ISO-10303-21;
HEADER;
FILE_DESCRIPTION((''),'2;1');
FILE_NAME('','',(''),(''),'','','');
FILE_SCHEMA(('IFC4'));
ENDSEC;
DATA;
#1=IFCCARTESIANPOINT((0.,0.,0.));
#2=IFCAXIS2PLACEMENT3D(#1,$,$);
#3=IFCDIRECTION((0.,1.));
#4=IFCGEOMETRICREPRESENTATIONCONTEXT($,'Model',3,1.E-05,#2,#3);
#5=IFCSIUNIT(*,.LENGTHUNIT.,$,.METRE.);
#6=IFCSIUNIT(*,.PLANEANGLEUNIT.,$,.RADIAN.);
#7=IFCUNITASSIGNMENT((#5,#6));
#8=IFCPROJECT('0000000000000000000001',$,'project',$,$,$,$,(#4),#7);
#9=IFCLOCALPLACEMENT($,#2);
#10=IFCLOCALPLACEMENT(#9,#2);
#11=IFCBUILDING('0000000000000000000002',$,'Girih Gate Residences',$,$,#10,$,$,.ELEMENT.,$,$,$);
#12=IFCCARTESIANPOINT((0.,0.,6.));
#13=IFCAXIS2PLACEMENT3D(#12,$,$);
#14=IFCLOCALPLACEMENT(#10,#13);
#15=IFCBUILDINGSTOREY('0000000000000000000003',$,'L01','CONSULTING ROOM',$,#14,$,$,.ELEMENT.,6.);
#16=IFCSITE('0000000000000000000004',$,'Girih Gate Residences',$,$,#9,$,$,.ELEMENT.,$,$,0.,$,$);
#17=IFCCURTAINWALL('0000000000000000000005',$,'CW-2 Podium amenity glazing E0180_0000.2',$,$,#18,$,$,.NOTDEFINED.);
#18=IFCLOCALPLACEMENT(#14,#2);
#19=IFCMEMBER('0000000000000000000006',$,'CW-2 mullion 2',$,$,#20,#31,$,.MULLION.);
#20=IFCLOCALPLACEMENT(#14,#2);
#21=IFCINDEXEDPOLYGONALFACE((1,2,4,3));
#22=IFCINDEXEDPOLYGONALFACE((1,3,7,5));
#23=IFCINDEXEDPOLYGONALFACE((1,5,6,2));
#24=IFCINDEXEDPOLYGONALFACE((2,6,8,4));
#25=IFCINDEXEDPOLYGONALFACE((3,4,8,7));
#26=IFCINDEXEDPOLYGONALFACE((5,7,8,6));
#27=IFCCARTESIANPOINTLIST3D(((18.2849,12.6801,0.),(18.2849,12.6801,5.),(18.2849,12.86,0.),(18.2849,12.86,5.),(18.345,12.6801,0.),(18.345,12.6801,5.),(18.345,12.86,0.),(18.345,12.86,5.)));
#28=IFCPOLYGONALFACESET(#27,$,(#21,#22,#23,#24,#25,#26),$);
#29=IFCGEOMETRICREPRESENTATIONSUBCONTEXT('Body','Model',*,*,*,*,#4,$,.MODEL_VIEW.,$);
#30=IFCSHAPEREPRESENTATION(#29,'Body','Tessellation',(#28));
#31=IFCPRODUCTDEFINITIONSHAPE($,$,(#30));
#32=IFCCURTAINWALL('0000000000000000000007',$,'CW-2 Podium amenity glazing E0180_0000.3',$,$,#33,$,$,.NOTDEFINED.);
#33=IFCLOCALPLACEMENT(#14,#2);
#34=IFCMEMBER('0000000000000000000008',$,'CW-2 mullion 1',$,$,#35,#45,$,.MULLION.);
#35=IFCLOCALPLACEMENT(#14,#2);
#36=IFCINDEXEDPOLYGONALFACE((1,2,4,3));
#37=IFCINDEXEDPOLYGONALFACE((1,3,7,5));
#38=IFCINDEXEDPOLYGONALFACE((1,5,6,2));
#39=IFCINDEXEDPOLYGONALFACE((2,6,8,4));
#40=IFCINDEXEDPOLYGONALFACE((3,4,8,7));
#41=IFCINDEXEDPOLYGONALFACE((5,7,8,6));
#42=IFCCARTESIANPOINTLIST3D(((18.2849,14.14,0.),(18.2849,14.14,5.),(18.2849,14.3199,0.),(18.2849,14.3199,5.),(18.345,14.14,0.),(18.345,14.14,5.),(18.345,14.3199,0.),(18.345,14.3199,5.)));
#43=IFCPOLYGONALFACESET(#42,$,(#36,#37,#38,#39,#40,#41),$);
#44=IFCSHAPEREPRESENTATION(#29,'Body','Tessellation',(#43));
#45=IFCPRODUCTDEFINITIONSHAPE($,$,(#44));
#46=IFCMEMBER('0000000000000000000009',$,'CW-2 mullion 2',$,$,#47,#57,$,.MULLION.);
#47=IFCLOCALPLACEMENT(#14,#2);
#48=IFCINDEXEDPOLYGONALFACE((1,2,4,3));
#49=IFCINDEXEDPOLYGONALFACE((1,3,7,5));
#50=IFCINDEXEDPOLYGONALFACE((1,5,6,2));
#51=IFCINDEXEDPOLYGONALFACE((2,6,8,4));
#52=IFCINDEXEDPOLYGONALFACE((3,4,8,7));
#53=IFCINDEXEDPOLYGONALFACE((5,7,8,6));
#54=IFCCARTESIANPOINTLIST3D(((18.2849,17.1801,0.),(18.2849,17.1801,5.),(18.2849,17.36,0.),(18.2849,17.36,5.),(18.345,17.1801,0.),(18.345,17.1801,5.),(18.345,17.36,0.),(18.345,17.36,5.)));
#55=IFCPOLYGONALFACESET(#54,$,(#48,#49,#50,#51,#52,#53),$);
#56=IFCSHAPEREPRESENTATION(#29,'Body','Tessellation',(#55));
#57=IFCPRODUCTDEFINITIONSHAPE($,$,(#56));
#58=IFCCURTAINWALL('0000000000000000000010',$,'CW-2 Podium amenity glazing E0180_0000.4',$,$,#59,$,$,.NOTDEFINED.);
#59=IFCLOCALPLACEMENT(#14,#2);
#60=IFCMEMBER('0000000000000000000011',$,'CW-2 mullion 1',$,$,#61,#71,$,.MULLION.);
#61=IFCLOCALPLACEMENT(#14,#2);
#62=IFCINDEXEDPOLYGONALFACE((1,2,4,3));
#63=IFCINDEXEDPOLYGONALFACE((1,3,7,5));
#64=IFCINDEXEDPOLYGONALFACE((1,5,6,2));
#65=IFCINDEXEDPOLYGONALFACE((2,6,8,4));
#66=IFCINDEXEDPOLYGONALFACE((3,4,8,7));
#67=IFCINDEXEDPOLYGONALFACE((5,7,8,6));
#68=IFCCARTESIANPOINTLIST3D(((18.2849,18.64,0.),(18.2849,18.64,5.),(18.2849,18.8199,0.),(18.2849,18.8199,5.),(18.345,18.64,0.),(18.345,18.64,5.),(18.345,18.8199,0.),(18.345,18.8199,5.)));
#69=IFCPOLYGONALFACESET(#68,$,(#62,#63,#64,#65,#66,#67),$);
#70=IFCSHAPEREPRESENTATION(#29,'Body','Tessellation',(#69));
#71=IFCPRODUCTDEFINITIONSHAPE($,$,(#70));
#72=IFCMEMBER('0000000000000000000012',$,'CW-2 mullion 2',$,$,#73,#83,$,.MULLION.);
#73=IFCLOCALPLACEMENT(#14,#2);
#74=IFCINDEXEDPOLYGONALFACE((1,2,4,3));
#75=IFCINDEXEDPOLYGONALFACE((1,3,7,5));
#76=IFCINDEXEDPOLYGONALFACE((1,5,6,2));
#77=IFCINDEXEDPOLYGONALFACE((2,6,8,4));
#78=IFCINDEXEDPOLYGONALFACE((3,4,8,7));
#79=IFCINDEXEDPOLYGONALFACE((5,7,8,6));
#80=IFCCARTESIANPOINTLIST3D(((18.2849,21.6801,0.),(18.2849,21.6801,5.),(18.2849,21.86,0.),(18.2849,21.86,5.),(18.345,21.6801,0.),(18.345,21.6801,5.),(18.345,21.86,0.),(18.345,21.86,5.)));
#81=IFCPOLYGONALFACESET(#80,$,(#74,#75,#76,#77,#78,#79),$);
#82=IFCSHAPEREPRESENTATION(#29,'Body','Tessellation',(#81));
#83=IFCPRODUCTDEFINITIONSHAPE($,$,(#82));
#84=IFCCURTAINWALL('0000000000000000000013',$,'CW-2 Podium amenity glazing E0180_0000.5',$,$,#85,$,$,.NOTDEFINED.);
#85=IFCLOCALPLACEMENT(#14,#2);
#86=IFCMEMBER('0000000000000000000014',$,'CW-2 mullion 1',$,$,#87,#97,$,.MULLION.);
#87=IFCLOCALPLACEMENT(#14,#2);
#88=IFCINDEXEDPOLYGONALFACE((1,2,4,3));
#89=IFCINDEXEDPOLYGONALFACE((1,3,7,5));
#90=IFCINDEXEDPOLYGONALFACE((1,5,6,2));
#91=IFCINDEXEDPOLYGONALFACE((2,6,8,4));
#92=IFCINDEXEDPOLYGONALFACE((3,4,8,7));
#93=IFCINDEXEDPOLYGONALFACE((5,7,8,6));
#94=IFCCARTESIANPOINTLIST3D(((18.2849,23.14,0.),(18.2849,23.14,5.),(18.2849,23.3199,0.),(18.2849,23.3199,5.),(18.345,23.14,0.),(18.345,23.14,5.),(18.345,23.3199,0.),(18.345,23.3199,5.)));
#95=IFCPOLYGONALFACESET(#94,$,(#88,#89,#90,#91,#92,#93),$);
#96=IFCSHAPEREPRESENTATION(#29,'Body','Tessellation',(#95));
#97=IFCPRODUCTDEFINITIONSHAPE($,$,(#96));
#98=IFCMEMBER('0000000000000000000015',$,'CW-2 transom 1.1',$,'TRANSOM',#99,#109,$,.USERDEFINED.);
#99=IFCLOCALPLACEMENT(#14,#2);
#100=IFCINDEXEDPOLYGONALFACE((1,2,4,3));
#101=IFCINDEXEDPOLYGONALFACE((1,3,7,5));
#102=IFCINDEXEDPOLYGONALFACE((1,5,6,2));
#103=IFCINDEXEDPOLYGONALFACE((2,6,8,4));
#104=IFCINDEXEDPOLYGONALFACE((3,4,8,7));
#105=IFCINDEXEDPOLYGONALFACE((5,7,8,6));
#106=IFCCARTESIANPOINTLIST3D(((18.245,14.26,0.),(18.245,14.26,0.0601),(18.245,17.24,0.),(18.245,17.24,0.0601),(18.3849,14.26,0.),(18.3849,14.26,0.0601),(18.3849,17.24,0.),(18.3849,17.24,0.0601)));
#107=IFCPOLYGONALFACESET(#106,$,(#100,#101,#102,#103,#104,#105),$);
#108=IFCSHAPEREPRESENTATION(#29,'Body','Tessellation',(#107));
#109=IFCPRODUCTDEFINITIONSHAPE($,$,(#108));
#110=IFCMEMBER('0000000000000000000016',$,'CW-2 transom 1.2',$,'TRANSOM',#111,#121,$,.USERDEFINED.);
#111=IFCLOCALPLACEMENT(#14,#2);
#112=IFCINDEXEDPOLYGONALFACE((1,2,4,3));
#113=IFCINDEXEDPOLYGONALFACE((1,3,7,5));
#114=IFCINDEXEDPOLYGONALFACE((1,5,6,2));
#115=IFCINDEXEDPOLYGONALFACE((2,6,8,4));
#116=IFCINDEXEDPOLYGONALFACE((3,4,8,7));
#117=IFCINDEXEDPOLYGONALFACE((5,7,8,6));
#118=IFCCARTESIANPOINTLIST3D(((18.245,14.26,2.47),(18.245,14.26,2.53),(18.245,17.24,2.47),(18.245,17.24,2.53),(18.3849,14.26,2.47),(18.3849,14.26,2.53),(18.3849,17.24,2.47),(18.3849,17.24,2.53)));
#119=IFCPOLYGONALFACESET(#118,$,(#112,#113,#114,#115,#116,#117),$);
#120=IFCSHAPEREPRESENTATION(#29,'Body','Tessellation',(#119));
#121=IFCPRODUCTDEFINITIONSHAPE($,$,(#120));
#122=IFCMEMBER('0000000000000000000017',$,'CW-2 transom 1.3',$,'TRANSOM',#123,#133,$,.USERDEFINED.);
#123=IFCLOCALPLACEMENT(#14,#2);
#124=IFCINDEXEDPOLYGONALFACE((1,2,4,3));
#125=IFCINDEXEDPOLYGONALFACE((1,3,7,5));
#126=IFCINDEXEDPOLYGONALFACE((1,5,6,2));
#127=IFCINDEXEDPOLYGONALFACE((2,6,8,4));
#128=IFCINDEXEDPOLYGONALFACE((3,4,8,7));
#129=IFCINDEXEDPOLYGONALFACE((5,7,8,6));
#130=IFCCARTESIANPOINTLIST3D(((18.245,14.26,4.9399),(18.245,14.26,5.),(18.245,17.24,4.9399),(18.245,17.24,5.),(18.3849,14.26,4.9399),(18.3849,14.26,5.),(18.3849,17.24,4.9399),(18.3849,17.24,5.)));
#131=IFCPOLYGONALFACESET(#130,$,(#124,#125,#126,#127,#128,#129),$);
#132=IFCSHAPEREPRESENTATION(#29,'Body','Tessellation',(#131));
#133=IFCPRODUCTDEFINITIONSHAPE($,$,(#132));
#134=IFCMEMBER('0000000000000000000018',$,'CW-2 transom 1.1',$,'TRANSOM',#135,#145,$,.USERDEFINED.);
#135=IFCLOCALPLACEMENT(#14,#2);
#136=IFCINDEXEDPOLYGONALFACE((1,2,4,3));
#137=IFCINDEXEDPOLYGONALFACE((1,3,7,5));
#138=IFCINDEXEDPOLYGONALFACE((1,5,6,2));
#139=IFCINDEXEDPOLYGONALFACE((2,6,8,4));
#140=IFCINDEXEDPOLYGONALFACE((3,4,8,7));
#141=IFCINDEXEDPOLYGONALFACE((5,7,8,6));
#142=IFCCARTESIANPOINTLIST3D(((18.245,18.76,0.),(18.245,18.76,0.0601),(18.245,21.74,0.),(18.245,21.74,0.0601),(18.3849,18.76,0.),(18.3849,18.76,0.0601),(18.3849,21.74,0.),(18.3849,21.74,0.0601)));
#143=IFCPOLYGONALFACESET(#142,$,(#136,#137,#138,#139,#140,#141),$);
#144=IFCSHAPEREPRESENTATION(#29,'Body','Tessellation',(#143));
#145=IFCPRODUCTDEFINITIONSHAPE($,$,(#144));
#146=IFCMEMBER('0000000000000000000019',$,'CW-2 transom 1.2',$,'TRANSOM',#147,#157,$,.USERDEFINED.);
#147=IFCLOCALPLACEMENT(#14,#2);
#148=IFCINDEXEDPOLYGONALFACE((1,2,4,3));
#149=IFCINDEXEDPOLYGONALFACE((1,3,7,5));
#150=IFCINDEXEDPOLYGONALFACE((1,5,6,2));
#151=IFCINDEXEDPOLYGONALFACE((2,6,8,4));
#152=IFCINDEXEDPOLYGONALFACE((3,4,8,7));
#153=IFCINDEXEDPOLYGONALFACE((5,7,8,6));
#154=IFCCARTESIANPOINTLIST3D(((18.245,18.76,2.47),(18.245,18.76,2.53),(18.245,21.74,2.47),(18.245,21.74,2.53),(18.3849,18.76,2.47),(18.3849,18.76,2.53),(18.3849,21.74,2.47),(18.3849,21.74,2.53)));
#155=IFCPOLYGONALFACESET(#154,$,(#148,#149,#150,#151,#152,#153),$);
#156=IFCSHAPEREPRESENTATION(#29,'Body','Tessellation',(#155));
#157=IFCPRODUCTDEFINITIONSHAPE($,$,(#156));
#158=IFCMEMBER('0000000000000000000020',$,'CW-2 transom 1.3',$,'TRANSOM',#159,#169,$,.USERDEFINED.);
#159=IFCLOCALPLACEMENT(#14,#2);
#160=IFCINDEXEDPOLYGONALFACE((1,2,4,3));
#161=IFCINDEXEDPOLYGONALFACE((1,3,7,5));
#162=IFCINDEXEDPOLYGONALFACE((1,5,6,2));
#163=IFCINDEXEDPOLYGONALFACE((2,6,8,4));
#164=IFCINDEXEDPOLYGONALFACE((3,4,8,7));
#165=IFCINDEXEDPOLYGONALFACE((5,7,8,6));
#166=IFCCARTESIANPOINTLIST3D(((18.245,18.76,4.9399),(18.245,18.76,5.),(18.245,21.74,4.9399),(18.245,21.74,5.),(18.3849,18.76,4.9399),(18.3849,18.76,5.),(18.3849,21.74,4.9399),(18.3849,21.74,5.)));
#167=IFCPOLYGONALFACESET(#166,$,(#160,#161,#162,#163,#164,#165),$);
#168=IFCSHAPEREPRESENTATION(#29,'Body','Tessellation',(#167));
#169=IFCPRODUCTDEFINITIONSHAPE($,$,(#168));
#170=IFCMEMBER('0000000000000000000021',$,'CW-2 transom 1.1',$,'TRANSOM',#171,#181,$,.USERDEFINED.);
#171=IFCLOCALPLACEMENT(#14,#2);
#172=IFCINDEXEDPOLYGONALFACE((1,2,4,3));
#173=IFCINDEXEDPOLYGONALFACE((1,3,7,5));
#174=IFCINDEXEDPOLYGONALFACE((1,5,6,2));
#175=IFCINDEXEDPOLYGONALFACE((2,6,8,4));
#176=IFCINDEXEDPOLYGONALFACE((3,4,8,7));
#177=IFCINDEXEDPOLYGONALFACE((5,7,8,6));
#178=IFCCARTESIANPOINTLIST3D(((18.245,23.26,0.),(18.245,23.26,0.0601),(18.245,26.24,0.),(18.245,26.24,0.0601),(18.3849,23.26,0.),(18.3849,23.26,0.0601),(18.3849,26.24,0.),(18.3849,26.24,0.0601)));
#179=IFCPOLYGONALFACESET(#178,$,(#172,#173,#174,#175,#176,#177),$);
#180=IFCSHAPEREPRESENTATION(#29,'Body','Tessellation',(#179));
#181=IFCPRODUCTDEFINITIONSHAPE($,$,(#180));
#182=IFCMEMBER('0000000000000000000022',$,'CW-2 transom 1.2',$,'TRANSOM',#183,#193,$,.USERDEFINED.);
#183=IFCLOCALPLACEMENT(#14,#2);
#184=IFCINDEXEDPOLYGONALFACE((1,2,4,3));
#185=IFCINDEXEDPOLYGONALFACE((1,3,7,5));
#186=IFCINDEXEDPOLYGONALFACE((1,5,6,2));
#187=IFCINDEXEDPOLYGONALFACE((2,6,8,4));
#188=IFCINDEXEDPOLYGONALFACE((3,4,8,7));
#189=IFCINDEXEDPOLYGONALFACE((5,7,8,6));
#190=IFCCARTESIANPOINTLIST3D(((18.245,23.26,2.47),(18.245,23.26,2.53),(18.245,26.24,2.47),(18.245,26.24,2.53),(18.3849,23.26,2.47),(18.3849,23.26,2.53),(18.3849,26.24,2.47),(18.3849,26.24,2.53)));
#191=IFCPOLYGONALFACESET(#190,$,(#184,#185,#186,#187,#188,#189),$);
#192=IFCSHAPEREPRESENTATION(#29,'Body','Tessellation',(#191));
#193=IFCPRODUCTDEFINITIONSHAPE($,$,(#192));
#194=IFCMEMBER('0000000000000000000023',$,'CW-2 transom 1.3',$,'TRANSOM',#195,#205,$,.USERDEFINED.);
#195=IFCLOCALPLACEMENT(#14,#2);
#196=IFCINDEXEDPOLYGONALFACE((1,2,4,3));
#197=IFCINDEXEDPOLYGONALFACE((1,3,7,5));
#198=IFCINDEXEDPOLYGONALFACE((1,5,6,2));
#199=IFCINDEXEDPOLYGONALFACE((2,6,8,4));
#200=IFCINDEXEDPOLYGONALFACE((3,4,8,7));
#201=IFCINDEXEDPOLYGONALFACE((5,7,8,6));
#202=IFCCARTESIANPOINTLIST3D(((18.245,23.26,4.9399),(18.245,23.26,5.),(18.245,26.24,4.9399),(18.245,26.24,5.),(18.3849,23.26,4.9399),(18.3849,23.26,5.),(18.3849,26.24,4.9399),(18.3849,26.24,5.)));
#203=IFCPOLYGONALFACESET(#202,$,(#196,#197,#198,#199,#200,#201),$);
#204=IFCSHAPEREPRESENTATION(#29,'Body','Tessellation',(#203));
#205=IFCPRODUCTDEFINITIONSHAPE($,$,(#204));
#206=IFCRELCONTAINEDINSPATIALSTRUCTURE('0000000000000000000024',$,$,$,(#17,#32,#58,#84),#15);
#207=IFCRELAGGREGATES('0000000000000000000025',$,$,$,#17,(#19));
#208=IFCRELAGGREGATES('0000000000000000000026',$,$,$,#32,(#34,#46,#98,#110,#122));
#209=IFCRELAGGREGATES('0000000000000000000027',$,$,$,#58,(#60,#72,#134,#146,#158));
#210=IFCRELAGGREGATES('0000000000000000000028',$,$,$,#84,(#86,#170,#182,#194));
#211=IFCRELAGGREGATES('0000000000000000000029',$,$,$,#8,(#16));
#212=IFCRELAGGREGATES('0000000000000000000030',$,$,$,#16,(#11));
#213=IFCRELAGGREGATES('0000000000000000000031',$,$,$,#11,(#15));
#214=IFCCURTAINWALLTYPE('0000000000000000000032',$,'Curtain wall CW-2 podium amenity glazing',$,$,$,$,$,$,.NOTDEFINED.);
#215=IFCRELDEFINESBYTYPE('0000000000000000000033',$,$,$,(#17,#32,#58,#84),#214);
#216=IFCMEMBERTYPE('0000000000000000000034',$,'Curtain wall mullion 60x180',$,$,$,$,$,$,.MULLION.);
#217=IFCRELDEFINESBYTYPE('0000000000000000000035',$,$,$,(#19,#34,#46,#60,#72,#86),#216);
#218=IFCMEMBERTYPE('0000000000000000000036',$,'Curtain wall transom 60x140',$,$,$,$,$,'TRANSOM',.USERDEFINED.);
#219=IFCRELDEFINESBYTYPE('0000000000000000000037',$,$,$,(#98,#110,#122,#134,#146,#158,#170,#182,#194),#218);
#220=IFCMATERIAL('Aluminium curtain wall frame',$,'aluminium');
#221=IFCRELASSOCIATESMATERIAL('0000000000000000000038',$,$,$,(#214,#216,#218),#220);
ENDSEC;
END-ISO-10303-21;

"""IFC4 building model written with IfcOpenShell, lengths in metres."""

from ifc_helpers import new_model, si_unit, direction, frame, origin, origin_2d, place, context, subcontext, project, spatial, rectangle, extrude, material, material_profile, profile_set, type_object, element, aggregate, save


model = new_model("IFC4")

# Units and contexts
model_context = context("Model", 3, precision=1e-05, world=origin(), true_north=direction((0.0, 1.0)))
body_context = subcontext(model_context, "Body", "Model", "MODEL_VIEW")
ifc_project = project(units=[si_unit("LENGTHUNIT", "METRE"), si_unit("PLANEANGLEUNIT", "RADIAN")], contexts=[model_context])

# Site, building, storey
site_placement = place(None, origin())
site = spatial("IfcSite", under=ifc_project, at=site_placement, Name="Girih Gate Residences", CompositionType="ELEMENT", RefElevation=0.0)
building_placement = place(site_placement, origin())
building = spatial("IfcBuilding", under=site, at=building_placement, Name="Girih Gate Residences", CompositionType="ELEMENT")
storey_placement = place(building_placement, frame((0.0, 0.0, 6.0)))
storey = spatial("IfcBuildingStorey", under=building, at=storey_placement, Name="L01", Description="CONSULTING ROOM", CompositionType="ELEMENT", Elevation=6.0)

# Curtain wall, member
ifc_material_1 = material(Name="Aluminium curtain wall frame", Category="aluminium")
curtain_wall_type = type_object("IfcCurtainWallType", Name="Curtain wall CW-2 podium amenity glazing", PredefinedType="NOTDEFINED", material=ifc_material_1)
curtain_wall_1_placement = place(storey_placement, origin())
curtain_wall_1 = element("IfcCurtainWall", 1, at=curtain_wall_1_placement, inside=storey, type_object=curtain_wall_type, Name="CW-2 Podium amenity glazing E0180_0000.2", PredefinedType="NOTDEFINED")
ifc_material_profile_1 = material_profile(ifc_material_1, rectangle(XDim=0.0601, YDim=0.1799, at=origin_2d()))
ifc_profile_set_1 = profile_set([ifc_material_profile_1], Name="Aluminium curtain wall frame")
member_type_1 = type_object("IfcMemberType", Name="Curtain wall mullion 60x180", PredefinedType="MULLION", material=ifc_profile_set_1)
member_1_placement = place(storey_placement, frame((18.3149, 12.77, 0.0), z_axis=(0.0, 0.0, 1.0), x_axis=(-1.0, 0.0, 0.0)))
member_1 = element("IfcMember", 2, at=member_1_placement, type_object=member_type_1, Name="CW-2 mullion 2", PredefinedType="MULLION", context=body_context, shape_type="SweptSolid", body=[
    extrude(rectangle(XDim=0.0601, YDim=0.1799, at=origin_2d()), origin(), (0.0, 0.0, 1.0), 5.0),
])
aggregate(curtain_wall_1, [member_1])

# Curtain walls, members
curtain_wall_2_placement = place(storey_placement, origin())
curtain_wall_2 = element("IfcCurtainWall", 3, at=curtain_wall_2_placement, inside=storey, type_object=curtain_wall_type, Name="CW-2 Podium amenity glazing E0180_0000.3", PredefinedType="NOTDEFINED")
member_2_placement = place(storey_placement, frame((18.3149, 14.23, 0.0), z_axis=(0.0, 0.0, 1.0), x_axis=(-1.0, 0.0, 0.0)))
member_2 = element("IfcMember", 4, at=member_2_placement, type_object=member_type_1, Name="CW-2 mullion 1", PredefinedType="MULLION", context=body_context, shape_type="SweptSolid", body=[
    extrude(rectangle(XDim=0.0601, YDim=0.1799, at=origin_2d()), origin(), (0.0, 0.0, 1.0), 5.0),
])
member_3_placement = place(storey_placement, frame((18.3149, 17.27, 0.0), z_axis=(0.0, 0.0, 1.0), x_axis=(-1.0, 0.0, 0.0)))
member_3 = element("IfcMember", 5, at=member_3_placement, type_object=member_type_1, Name="CW-2 mullion 2", PredefinedType="MULLION", context=body_context, shape_type="SweptSolid", body=[
    extrude(rectangle(XDim=0.0601, YDim=0.1799, at=origin_2d()), origin(), (0.0, 0.0, 1.0), 5.0),
])
curtain_wall_3_placement = place(storey_placement, origin())
curtain_wall_3 = element("IfcCurtainWall", 6, at=curtain_wall_3_placement, inside=storey, type_object=curtain_wall_type, Name="CW-2 Podium amenity glazing E0180_0000.4", PredefinedType="NOTDEFINED")
member_4_placement = place(storey_placement, frame((18.3149, 18.73, 0.0), z_axis=(0.0, 0.0, 1.0), x_axis=(-1.0, 0.0, 0.0)))
member_4 = element("IfcMember", 7, at=member_4_placement, type_object=member_type_1, Name="CW-2 mullion 1", PredefinedType="MULLION", context=body_context, shape_type="SweptSolid", body=[
    extrude(rectangle(XDim=0.0601, YDim=0.1799, at=origin_2d()), origin(), (0.0, 0.0, 1.0), 5.0),
])
member_5_placement = place(storey_placement, frame((18.3149, 21.77, 0.0), z_axis=(0.0, 0.0, 1.0), x_axis=(-1.0, 0.0, 0.0)))
member_5 = element("IfcMember", 8, at=member_5_placement, type_object=member_type_1, Name="CW-2 mullion 2", PredefinedType="MULLION", context=body_context, shape_type="SweptSolid", body=[
    extrude(rectangle(XDim=0.0601, YDim=0.1799, at=origin_2d()), origin(), (0.0, 0.0, 1.0), 5.0),
])

# Curtain wall, member
curtain_wall_4_placement = place(storey_placement, origin())
curtain_wall_4 = element("IfcCurtainWall", 9, at=curtain_wall_4_placement, inside=storey, type_object=curtain_wall_type, Name="CW-2 Podium amenity glazing E0180_0000.5", PredefinedType="NOTDEFINED")
member_6_placement = place(storey_placement, frame((18.3149, 23.23, 0.0), z_axis=(0.0, 0.0, 1.0), x_axis=(-1.0, 0.0, 0.0)))
member_6 = element("IfcMember", 10, at=member_6_placement, type_object=member_type_1, Name="CW-2 mullion 1", PredefinedType="MULLION", context=body_context, shape_type="SweptSolid", body=[
    extrude(rectangle(XDim=0.0601, YDim=0.1799, at=origin_2d()), origin(), (0.0, 0.0, 1.0), 5.0),
])

# Members
ifc_material_profile_2 = material_profile(ifc_material_1, rectangle(XDim=0.1399, YDim=0.0601, at=origin_2d()))
ifc_profile_set_2 = profile_set([ifc_material_profile_2], Name="Aluminium curtain wall frame")
member_type_2 = type_object("IfcMemberType", Name="Curtain wall transom 60x140", ElementType="TRANSOM", PredefinedType="USERDEFINED", material=ifc_profile_set_2)
member_7_placement = place(storey_placement, frame((18.3149, 14.26, 0.03), z_axis=(0.0, 1.0, 0.0), x_axis=(-1.0, 0.0, 0.0)))
member_7 = element("IfcMember", 11, at=member_7_placement, type_object=member_type_2, Name="CW-2 transom 1.1", ObjectType="TRANSOM", PredefinedType="USERDEFINED", context=body_context, shape_type="SweptSolid", body=[
    extrude(rectangle(XDim=0.1399, YDim=0.0601, at=origin_2d()), origin(), (0.0, 0.0, 1.0), 2.98),
])
member_8_placement = place(storey_placement, frame((18.3149, 14.26, 2.5), z_axis=(0.0, 1.0, 0.0), x_axis=(-1.0, 0.0, 0.0)))
member_8 = element("IfcMember", 12, at=member_8_placement, type_object=member_type_2, Name="CW-2 transom 1.2", ObjectType="TRANSOM", PredefinedType="USERDEFINED", context=body_context, shape_type="SweptSolid", body=[
    extrude(rectangle(XDim=0.1399, YDim=0.0601, at=origin_2d()), origin(), (0.0, 0.0, 1.0), 2.98),
])
member_9_placement = place(storey_placement, frame((18.3149, 14.26, 4.97), z_axis=(0.0, 1.0, 0.0), x_axis=(-1.0, 0.0, 0.0)))
member_9 = element("IfcMember", 13, at=member_9_placement, type_object=member_type_2, Name="CW-2 transom 1.3", ObjectType="TRANSOM", PredefinedType="USERDEFINED", context=body_context, shape_type="SweptSolid", body=[
    extrude(rectangle(XDim=0.1399, YDim=0.0601, at=origin_2d()), origin(), (0.0, 0.0, 1.0), 2.98),
])
member_10_placement = place(storey_placement, frame((18.3149, 18.76, 0.03), z_axis=(0.0, 1.0, 0.0), x_axis=(-1.0, 0.0, 0.0)))
member_10 = element("IfcMember", 14, at=member_10_placement, type_object=member_type_2, Name="CW-2 transom 1.1", ObjectType="TRANSOM", PredefinedType="USERDEFINED", context=body_context, shape_type="SweptSolid", body=[
    extrude(rectangle(XDim=0.1399, YDim=0.0601, at=origin_2d()), origin(), (0.0, 0.0, 1.0), 2.98),
])
member_11_placement = place(storey_placement, frame((18.3149, 18.76, 2.5), z_axis=(0.0, 1.0, 0.0), x_axis=(-1.0, 0.0, 0.0)))
member_11 = element("IfcMember", 15, at=member_11_placement, type_object=member_type_2, Name="CW-2 transom 1.2", ObjectType="TRANSOM", PredefinedType="USERDEFINED", context=body_context, shape_type="SweptSolid", body=[
    extrude(rectangle(XDim=0.1399, YDim=0.0601, at=origin_2d()), origin(), (0.0, 0.0, 1.0), 2.98),
])
member_12_placement = place(storey_placement, frame((18.3149, 18.76, 4.97), z_axis=(0.0, 1.0, 0.0), x_axis=(-1.0, 0.0, 0.0)))
member_12 = element("IfcMember", 16, at=member_12_placement, type_object=member_type_2, Name="CW-2 transom 1.3", ObjectType="TRANSOM", PredefinedType="USERDEFINED", context=body_context, shape_type="SweptSolid", body=[
    extrude(rectangle(XDim=0.1399, YDim=0.0601, at=origin_2d()), origin(), (0.0, 0.0, 1.0), 2.98),
])
member_13_placement = place(storey_placement, frame((18.3149, 23.26, 0.03), z_axis=(0.0, 1.0, 0.0), x_axis=(-1.0, 0.0, 0.0)))
member_13 = element("IfcMember", 17, at=member_13_placement, type_object=member_type_2, Name="CW-2 transom 1.1", ObjectType="TRANSOM", PredefinedType="USERDEFINED", context=body_context, shape_type="SweptSolid", body=[
    extrude(rectangle(XDim=0.1399, YDim=0.0601, at=origin_2d()), origin(), (0.0, 0.0, 1.0), 2.98),
])
member_14_placement = place(storey_placement, frame((18.3149, 23.26, 2.5), z_axis=(0.0, 1.0, 0.0), x_axis=(-1.0, 0.0, 0.0)))
member_14 = element("IfcMember", 18, at=member_14_placement, type_object=member_type_2, Name="CW-2 transom 1.2", ObjectType="TRANSOM", PredefinedType="USERDEFINED", context=body_context, shape_type="SweptSolid", body=[
    extrude(rectangle(XDim=0.1399, YDim=0.0601, at=origin_2d()), origin(), (0.0, 0.0, 1.0), 2.98),
])
member_15_placement = place(storey_placement, frame((18.3149, 23.26, 4.97), z_axis=(0.0, 1.0, 0.0), x_axis=(-1.0, 0.0, 0.0)))
member_15 = element("IfcMember", 19, at=member_15_placement, type_object=member_type_2, Name="CW-2 transom 1.3", ObjectType="TRANSOM", PredefinedType="USERDEFINED", context=body_context, shape_type="SweptSolid", body=[
    extrude(rectangle(XDim=0.1399, YDim=0.0601, at=origin_2d()), origin(), (0.0, 0.0, 1.0), 2.98),
])

aggregate(curtain_wall_2, [member_2, member_3, member_7, member_8, member_9])
aggregate(curtain_wall_3, [member_4, member_5, member_10, member_11, member_12])
aggregate(curtain_wall_4, [member_6, member_13, member_14, member_15])

save(model, "model.ifc")
